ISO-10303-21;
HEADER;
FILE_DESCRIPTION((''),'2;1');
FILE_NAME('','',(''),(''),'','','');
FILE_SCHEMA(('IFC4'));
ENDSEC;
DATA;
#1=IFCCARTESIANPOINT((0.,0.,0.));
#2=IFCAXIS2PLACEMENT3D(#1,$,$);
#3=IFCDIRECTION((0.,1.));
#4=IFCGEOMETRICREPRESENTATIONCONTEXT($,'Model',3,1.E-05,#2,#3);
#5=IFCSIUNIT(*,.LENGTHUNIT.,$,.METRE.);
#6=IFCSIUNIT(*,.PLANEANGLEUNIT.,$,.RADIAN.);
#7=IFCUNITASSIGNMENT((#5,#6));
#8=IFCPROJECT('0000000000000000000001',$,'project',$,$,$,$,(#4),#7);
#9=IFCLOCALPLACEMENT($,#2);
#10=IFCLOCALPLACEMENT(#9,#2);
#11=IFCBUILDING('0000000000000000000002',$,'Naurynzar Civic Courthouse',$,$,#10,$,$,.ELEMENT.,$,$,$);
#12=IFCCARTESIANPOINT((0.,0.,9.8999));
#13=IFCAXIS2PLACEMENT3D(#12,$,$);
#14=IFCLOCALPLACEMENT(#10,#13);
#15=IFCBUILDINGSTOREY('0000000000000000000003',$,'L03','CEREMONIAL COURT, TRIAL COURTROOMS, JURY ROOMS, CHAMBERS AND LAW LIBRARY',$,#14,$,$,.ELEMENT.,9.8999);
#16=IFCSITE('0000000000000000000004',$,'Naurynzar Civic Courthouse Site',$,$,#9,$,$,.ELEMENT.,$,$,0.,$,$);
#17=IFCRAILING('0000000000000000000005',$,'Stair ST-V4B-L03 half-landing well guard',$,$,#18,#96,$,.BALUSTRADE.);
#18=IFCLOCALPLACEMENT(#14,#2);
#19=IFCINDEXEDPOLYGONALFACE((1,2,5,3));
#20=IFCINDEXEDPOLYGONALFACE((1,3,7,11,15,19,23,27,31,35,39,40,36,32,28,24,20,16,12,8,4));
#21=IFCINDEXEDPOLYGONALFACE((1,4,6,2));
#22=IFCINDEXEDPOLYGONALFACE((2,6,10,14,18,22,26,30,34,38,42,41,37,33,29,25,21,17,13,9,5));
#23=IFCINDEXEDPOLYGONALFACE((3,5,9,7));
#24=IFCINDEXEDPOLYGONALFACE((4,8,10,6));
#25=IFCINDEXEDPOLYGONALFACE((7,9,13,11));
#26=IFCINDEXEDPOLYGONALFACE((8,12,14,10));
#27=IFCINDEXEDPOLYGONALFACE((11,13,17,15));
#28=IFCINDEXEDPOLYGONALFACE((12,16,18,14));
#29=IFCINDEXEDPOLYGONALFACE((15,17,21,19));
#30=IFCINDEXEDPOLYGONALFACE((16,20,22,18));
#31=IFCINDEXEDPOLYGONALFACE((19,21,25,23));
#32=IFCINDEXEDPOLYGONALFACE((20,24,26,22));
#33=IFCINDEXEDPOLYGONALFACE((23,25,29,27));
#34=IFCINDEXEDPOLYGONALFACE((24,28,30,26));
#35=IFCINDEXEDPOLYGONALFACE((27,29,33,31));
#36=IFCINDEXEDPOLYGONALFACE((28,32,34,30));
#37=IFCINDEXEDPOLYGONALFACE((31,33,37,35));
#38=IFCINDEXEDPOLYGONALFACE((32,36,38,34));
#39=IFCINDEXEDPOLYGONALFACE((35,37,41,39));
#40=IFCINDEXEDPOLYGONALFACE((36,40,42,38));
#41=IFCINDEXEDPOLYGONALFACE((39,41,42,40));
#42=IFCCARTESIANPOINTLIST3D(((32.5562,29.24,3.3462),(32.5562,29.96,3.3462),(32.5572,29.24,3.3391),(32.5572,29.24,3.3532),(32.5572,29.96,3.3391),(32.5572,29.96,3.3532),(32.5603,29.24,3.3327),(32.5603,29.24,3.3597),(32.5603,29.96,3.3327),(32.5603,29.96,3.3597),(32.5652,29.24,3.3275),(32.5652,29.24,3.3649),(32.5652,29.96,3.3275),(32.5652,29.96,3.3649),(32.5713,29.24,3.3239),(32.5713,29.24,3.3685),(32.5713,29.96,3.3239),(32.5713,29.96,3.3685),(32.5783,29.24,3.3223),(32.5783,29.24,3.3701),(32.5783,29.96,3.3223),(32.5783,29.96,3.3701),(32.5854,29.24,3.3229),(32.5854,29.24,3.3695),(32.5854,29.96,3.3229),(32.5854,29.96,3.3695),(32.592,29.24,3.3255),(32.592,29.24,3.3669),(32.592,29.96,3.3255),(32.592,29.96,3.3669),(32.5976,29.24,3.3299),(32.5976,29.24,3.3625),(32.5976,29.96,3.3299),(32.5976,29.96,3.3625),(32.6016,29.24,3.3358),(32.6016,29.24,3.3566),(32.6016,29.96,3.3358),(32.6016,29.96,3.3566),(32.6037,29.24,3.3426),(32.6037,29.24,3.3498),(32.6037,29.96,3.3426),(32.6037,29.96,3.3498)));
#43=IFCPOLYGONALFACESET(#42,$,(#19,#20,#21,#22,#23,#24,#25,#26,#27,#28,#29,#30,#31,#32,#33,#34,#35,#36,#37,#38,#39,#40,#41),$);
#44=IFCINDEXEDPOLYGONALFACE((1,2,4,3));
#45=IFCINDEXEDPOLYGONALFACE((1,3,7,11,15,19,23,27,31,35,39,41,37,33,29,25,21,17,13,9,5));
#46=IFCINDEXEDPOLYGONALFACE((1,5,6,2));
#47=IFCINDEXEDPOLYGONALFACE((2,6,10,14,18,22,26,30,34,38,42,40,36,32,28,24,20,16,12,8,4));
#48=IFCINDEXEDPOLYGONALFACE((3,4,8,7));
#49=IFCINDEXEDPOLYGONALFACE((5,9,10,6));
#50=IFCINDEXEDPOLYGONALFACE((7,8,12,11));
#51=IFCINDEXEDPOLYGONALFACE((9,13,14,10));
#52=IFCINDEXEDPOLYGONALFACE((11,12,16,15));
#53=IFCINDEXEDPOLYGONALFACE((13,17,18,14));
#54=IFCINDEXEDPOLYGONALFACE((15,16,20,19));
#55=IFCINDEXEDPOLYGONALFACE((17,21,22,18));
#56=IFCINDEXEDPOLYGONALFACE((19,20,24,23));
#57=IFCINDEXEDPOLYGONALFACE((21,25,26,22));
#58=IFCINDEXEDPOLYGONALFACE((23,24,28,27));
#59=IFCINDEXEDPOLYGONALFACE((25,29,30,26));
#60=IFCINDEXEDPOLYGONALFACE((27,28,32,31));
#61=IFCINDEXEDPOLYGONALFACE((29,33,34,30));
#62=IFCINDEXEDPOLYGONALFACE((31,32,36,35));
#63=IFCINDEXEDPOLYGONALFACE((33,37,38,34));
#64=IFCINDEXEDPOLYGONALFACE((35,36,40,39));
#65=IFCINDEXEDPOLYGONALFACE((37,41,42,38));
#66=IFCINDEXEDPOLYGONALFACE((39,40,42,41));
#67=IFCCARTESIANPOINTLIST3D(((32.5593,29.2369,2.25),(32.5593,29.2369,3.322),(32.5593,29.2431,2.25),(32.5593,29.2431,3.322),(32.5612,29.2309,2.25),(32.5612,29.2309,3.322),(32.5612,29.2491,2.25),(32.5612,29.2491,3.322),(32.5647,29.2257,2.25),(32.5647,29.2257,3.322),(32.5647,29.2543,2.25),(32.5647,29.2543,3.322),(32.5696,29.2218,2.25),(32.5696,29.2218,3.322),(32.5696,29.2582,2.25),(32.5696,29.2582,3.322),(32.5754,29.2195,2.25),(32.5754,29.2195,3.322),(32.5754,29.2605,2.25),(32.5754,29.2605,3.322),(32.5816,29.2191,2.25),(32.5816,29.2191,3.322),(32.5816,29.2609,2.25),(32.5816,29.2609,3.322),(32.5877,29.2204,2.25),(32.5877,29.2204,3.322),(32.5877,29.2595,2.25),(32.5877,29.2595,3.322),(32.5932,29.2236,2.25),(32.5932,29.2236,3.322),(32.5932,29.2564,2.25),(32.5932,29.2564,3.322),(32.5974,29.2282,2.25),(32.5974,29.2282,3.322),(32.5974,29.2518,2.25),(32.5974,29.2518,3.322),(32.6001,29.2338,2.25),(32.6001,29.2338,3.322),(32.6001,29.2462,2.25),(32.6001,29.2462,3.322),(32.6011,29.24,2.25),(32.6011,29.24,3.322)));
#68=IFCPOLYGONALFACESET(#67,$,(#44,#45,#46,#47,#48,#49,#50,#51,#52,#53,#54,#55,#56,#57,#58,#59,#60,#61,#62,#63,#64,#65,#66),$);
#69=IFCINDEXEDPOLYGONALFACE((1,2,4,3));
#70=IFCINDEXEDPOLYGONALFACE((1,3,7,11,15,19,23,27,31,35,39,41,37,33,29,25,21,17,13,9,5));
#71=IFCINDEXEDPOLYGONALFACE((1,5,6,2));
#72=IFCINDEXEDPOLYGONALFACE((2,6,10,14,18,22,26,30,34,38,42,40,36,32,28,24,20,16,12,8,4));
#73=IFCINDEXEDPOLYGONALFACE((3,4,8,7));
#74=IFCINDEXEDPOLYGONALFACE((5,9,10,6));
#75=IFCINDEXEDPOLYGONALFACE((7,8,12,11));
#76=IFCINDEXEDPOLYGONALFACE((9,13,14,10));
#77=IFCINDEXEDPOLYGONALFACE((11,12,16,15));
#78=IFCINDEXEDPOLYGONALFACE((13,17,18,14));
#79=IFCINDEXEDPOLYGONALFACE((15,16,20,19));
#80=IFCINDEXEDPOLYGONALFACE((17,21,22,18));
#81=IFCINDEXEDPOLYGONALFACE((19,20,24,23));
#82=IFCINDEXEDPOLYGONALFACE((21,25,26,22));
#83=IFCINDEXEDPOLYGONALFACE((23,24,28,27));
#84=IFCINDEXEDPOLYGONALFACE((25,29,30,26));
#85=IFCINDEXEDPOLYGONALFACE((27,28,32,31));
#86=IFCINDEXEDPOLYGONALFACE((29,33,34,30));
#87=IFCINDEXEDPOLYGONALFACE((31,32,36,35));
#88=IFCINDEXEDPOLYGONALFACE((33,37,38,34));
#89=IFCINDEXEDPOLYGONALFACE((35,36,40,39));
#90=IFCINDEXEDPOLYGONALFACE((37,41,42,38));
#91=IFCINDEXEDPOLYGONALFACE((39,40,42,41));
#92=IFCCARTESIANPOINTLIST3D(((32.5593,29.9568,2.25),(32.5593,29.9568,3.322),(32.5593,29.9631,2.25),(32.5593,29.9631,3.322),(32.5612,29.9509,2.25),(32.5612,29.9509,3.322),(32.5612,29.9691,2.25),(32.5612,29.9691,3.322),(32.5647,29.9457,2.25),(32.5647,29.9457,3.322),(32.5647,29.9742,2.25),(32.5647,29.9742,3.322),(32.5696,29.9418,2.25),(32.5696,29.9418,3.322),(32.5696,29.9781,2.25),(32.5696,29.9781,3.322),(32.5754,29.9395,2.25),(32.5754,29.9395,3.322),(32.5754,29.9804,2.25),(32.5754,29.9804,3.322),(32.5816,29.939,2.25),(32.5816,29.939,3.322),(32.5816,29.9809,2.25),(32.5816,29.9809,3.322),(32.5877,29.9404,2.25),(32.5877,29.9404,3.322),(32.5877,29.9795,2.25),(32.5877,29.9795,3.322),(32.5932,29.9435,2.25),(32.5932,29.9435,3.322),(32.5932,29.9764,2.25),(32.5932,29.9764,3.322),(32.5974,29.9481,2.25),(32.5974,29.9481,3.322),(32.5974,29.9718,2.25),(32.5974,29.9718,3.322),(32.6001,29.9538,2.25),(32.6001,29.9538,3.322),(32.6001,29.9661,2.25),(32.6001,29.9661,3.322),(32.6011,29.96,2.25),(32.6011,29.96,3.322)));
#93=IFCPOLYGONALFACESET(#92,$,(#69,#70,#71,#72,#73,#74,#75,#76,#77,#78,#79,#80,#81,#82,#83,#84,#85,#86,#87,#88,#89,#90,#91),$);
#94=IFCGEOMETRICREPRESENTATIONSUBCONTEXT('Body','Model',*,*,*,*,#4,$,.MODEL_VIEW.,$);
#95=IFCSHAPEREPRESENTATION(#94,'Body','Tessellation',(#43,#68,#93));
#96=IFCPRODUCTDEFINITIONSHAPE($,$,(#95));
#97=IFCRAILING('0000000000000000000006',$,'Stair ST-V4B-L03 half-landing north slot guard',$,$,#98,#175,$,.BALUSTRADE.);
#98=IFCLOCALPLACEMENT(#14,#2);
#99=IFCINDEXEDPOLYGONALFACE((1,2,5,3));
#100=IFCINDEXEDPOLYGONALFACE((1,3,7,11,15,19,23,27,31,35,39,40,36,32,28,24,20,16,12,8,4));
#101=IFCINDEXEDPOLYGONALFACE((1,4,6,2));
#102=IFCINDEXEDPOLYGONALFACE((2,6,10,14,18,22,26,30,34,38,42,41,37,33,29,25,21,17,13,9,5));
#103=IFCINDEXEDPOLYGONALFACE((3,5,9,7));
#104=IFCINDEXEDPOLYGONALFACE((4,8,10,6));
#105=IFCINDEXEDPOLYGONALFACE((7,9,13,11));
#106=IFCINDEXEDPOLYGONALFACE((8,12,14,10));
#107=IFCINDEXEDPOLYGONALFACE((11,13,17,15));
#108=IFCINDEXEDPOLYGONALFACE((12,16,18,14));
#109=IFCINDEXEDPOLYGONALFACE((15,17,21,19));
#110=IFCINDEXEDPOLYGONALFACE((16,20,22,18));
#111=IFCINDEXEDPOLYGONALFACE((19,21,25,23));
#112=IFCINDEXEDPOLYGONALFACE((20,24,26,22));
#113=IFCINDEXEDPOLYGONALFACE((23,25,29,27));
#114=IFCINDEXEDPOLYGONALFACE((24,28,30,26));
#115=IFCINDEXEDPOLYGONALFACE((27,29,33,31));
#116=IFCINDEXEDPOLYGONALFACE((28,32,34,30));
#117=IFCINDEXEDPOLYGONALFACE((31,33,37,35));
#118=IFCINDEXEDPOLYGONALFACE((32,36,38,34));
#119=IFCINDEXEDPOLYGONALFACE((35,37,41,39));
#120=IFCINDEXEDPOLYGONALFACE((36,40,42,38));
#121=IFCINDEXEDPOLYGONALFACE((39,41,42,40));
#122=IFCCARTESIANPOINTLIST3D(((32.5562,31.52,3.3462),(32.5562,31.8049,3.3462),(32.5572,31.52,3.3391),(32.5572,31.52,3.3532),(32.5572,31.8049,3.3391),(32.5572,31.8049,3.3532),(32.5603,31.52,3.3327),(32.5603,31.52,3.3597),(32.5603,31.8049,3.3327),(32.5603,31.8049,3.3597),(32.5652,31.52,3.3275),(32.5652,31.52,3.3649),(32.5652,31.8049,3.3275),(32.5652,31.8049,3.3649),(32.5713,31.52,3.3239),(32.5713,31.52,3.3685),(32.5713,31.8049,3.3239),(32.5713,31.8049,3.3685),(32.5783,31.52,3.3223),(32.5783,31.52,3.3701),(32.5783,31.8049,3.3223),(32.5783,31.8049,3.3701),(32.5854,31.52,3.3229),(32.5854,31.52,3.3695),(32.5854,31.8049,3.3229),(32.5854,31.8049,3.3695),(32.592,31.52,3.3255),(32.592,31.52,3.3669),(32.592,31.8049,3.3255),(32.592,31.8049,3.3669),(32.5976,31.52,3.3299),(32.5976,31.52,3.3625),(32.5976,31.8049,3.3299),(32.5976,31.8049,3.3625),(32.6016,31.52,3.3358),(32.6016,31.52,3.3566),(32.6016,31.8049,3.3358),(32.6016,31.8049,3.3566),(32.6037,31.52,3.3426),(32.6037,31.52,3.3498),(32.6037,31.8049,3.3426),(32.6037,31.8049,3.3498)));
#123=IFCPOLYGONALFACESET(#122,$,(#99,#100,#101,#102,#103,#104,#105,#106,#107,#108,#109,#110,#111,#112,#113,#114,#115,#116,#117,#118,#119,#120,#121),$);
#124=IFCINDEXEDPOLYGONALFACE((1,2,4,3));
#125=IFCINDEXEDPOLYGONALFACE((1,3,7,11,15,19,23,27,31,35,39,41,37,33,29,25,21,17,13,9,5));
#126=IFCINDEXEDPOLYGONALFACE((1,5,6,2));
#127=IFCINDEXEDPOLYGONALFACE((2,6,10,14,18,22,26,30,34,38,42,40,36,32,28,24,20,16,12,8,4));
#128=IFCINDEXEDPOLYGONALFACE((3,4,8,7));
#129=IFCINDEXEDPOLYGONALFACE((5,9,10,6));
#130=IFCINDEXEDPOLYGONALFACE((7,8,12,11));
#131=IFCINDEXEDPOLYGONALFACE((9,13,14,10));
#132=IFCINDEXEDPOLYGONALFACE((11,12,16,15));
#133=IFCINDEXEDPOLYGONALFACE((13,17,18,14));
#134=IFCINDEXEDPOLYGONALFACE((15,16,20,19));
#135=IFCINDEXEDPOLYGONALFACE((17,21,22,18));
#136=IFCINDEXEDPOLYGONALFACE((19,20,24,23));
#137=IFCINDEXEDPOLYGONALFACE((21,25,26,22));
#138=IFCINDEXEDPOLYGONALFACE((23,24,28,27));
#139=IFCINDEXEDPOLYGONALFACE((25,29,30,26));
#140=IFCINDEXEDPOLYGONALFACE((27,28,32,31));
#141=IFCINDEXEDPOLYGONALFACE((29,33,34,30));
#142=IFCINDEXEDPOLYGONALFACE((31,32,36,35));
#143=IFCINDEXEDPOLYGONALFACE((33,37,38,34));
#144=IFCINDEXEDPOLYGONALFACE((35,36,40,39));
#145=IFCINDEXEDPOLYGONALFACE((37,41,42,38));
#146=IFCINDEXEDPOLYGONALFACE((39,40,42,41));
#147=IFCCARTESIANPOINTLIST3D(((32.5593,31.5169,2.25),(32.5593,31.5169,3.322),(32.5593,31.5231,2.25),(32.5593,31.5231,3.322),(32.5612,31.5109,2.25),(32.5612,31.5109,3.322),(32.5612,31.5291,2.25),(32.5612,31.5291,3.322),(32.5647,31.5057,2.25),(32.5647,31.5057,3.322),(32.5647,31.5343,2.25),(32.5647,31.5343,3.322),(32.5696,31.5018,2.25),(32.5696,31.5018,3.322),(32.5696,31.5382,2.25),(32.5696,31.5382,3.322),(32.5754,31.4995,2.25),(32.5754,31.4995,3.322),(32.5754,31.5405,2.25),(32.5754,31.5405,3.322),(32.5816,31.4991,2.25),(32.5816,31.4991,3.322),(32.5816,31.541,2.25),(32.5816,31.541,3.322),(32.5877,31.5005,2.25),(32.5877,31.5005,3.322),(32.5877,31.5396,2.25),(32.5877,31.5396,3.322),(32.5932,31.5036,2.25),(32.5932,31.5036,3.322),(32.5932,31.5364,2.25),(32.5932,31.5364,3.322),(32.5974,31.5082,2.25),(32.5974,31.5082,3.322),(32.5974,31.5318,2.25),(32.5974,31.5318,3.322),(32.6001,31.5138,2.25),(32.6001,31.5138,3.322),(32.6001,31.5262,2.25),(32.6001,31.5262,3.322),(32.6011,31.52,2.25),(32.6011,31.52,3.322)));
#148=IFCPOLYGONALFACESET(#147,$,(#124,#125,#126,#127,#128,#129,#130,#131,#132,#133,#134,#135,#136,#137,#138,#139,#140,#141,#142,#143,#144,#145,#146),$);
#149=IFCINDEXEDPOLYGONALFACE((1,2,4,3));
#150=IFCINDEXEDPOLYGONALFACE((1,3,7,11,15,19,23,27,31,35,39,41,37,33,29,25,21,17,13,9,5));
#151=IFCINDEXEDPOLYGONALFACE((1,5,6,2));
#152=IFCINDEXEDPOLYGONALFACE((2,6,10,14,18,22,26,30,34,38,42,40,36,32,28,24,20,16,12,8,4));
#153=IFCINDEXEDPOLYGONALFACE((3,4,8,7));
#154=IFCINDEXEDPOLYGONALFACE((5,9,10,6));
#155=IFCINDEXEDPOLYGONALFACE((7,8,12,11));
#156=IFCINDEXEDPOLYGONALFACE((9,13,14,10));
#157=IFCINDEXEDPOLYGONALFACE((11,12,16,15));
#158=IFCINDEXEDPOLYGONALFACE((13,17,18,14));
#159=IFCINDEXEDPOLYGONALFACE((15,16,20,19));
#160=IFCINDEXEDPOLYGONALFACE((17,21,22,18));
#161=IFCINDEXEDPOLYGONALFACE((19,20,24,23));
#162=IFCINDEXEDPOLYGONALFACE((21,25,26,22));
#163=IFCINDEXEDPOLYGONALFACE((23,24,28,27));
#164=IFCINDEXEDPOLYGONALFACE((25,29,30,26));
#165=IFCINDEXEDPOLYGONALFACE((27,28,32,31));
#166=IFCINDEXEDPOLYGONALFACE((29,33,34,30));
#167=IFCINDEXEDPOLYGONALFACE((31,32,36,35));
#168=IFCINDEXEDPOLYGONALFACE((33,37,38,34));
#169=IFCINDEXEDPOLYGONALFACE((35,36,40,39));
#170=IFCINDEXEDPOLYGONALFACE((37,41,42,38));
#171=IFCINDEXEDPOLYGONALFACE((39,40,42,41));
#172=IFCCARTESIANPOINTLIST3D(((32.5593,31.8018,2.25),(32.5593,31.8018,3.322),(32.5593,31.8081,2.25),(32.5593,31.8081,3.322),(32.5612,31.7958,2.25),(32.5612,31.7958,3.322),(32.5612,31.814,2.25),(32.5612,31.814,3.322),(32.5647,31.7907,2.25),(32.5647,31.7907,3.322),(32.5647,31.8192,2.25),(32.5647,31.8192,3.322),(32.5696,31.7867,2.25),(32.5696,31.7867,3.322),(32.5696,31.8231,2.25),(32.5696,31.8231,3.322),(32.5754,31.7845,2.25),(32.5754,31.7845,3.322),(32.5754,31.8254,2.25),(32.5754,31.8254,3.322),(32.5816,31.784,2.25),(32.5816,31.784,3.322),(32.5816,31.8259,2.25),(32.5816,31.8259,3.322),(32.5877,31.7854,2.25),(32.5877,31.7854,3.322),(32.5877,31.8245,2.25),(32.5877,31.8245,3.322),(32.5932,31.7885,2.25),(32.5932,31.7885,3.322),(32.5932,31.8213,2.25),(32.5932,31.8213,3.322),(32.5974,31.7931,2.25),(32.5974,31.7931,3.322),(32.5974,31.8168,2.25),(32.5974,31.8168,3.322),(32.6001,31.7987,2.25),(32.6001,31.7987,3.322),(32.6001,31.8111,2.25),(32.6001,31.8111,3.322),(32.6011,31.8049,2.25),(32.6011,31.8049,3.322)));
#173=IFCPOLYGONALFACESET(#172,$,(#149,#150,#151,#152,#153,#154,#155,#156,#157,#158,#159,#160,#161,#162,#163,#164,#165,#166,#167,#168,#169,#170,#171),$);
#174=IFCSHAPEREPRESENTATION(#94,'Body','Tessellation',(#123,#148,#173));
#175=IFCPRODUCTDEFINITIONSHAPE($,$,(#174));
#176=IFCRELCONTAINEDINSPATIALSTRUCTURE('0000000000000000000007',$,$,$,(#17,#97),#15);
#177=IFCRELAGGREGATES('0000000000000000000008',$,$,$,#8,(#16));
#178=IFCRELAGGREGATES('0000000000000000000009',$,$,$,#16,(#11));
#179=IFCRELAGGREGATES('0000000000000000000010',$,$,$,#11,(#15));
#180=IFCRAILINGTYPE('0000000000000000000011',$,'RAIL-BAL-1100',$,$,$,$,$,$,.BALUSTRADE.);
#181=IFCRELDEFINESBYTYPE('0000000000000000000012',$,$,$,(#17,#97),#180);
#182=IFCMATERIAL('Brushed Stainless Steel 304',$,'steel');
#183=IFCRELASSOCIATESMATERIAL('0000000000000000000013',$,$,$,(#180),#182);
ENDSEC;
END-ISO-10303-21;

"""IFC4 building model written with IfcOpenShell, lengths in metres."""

from ifc_helpers import new_model, si_unit, direction, frame, origin, origin_2d, place, context, subcontext, project, spatial, circle, extrude, material, type_object, element, save


model = new_model("IFC4")

# Units and contexts
model_context = context("Model", 3, precision=1e-05, world=origin(), true_north=direction((0.0, 1.0)))
body_context = subcontext(model_context, "Body", "Model", "MODEL_VIEW")
ifc_project = project(units=[si_unit("LENGTHUNIT", "METRE"), si_unit("PLANEANGLEUNIT", "RADIAN")], contexts=[model_context])

# Site, building, storey
site_placement = place(None, origin())
site = spatial("IfcSite", under=ifc_project, at=site_placement, Name="Naurynzar Civic Courthouse Site", CompositionType="ELEMENT", RefElevation=0.0)
building_placement = place(site_placement, origin())
building = spatial("IfcBuilding", under=site, at=building_placement, Name="Naurynzar Civic Courthouse", CompositionType="ELEMENT")
storey_placement = place(building_placement, frame((0.0, 0.0, 9.8999)))
storey = spatial("IfcBuildingStorey", under=building, at=storey_placement, Name="L03", Description="CEREMONIAL COURT, TRIAL COURTROOMS, JURY ROOMS, CHAMBERS AND LAW LIBRARY", CompositionType="ELEMENT", Elevation=9.8999)

# Railings
ifc_material_1 = material(Name="Brushed Stainless Steel 304", Category="steel")
railing_type = type_object("IfcRailingType", Name="RAIL-BAL-1100", PredefinedType="BALUSTRADE", material=ifc_material_1)
railing_1_placement = place(storey_placement, frame((32.5801, 29.24, 2.25)))
element("IfcRailing", 1, at=railing_1_placement, inside=storey, type_object=railing_type, Name="Stair ST-V4B-L03 half-landing well guard", PredefinedType="BALUSTRADE", context=body_context, shape_type="SweptSolid", body=[
    extrude(circle(Radius=0.0239, at=origin_2d()), frame((0.0, 0.0, 1.0962), z_axis=(0.0, 1.0, 0.0), x_axis=(-1.0, 0.0, 0.0)), (0.0, 0.0, 1.0), 0.72),
    extrude(circle(Radius=0.021, at=origin_2d()), origin(), (0.0, 0.0, 1.0), 1.072),
    extrude(circle(Radius=0.021, at=origin_2d()), frame((0.0, 0.72, 0.0)), (0.0, 0.0, 1.0), 1.072),
])
railing_2_placement = place(storey_placement, frame((32.5801, 31.52, 2.25)))
element("IfcRailing", 2, at=railing_2_placement, inside=storey, type_object=railing_type, Name="Stair ST-V4B-L03 half-landing north slot guard", PredefinedType="BALUSTRADE", context=body_context, shape_type="SweptSolid", body=[
    extrude(circle(Radius=0.0239, at=origin_2d()), frame((0.0, 0.0, 1.0962), z_axis=(0.0, 1.0, 0.0), x_axis=(-1.0, 0.0, 0.0)), (0.0, 0.0, 1.0), 0.2849),
    extrude(circle(Radius=0.021, at=origin_2d()), origin(), (0.0, 0.0, 1.0), 1.072),
    extrude(circle(Radius=0.021, at=origin_2d()), frame((0.0, 0.2849, 0.0)), (0.0, 0.0, 1.0), 1.072),
])

save(model, "model.ifc")
